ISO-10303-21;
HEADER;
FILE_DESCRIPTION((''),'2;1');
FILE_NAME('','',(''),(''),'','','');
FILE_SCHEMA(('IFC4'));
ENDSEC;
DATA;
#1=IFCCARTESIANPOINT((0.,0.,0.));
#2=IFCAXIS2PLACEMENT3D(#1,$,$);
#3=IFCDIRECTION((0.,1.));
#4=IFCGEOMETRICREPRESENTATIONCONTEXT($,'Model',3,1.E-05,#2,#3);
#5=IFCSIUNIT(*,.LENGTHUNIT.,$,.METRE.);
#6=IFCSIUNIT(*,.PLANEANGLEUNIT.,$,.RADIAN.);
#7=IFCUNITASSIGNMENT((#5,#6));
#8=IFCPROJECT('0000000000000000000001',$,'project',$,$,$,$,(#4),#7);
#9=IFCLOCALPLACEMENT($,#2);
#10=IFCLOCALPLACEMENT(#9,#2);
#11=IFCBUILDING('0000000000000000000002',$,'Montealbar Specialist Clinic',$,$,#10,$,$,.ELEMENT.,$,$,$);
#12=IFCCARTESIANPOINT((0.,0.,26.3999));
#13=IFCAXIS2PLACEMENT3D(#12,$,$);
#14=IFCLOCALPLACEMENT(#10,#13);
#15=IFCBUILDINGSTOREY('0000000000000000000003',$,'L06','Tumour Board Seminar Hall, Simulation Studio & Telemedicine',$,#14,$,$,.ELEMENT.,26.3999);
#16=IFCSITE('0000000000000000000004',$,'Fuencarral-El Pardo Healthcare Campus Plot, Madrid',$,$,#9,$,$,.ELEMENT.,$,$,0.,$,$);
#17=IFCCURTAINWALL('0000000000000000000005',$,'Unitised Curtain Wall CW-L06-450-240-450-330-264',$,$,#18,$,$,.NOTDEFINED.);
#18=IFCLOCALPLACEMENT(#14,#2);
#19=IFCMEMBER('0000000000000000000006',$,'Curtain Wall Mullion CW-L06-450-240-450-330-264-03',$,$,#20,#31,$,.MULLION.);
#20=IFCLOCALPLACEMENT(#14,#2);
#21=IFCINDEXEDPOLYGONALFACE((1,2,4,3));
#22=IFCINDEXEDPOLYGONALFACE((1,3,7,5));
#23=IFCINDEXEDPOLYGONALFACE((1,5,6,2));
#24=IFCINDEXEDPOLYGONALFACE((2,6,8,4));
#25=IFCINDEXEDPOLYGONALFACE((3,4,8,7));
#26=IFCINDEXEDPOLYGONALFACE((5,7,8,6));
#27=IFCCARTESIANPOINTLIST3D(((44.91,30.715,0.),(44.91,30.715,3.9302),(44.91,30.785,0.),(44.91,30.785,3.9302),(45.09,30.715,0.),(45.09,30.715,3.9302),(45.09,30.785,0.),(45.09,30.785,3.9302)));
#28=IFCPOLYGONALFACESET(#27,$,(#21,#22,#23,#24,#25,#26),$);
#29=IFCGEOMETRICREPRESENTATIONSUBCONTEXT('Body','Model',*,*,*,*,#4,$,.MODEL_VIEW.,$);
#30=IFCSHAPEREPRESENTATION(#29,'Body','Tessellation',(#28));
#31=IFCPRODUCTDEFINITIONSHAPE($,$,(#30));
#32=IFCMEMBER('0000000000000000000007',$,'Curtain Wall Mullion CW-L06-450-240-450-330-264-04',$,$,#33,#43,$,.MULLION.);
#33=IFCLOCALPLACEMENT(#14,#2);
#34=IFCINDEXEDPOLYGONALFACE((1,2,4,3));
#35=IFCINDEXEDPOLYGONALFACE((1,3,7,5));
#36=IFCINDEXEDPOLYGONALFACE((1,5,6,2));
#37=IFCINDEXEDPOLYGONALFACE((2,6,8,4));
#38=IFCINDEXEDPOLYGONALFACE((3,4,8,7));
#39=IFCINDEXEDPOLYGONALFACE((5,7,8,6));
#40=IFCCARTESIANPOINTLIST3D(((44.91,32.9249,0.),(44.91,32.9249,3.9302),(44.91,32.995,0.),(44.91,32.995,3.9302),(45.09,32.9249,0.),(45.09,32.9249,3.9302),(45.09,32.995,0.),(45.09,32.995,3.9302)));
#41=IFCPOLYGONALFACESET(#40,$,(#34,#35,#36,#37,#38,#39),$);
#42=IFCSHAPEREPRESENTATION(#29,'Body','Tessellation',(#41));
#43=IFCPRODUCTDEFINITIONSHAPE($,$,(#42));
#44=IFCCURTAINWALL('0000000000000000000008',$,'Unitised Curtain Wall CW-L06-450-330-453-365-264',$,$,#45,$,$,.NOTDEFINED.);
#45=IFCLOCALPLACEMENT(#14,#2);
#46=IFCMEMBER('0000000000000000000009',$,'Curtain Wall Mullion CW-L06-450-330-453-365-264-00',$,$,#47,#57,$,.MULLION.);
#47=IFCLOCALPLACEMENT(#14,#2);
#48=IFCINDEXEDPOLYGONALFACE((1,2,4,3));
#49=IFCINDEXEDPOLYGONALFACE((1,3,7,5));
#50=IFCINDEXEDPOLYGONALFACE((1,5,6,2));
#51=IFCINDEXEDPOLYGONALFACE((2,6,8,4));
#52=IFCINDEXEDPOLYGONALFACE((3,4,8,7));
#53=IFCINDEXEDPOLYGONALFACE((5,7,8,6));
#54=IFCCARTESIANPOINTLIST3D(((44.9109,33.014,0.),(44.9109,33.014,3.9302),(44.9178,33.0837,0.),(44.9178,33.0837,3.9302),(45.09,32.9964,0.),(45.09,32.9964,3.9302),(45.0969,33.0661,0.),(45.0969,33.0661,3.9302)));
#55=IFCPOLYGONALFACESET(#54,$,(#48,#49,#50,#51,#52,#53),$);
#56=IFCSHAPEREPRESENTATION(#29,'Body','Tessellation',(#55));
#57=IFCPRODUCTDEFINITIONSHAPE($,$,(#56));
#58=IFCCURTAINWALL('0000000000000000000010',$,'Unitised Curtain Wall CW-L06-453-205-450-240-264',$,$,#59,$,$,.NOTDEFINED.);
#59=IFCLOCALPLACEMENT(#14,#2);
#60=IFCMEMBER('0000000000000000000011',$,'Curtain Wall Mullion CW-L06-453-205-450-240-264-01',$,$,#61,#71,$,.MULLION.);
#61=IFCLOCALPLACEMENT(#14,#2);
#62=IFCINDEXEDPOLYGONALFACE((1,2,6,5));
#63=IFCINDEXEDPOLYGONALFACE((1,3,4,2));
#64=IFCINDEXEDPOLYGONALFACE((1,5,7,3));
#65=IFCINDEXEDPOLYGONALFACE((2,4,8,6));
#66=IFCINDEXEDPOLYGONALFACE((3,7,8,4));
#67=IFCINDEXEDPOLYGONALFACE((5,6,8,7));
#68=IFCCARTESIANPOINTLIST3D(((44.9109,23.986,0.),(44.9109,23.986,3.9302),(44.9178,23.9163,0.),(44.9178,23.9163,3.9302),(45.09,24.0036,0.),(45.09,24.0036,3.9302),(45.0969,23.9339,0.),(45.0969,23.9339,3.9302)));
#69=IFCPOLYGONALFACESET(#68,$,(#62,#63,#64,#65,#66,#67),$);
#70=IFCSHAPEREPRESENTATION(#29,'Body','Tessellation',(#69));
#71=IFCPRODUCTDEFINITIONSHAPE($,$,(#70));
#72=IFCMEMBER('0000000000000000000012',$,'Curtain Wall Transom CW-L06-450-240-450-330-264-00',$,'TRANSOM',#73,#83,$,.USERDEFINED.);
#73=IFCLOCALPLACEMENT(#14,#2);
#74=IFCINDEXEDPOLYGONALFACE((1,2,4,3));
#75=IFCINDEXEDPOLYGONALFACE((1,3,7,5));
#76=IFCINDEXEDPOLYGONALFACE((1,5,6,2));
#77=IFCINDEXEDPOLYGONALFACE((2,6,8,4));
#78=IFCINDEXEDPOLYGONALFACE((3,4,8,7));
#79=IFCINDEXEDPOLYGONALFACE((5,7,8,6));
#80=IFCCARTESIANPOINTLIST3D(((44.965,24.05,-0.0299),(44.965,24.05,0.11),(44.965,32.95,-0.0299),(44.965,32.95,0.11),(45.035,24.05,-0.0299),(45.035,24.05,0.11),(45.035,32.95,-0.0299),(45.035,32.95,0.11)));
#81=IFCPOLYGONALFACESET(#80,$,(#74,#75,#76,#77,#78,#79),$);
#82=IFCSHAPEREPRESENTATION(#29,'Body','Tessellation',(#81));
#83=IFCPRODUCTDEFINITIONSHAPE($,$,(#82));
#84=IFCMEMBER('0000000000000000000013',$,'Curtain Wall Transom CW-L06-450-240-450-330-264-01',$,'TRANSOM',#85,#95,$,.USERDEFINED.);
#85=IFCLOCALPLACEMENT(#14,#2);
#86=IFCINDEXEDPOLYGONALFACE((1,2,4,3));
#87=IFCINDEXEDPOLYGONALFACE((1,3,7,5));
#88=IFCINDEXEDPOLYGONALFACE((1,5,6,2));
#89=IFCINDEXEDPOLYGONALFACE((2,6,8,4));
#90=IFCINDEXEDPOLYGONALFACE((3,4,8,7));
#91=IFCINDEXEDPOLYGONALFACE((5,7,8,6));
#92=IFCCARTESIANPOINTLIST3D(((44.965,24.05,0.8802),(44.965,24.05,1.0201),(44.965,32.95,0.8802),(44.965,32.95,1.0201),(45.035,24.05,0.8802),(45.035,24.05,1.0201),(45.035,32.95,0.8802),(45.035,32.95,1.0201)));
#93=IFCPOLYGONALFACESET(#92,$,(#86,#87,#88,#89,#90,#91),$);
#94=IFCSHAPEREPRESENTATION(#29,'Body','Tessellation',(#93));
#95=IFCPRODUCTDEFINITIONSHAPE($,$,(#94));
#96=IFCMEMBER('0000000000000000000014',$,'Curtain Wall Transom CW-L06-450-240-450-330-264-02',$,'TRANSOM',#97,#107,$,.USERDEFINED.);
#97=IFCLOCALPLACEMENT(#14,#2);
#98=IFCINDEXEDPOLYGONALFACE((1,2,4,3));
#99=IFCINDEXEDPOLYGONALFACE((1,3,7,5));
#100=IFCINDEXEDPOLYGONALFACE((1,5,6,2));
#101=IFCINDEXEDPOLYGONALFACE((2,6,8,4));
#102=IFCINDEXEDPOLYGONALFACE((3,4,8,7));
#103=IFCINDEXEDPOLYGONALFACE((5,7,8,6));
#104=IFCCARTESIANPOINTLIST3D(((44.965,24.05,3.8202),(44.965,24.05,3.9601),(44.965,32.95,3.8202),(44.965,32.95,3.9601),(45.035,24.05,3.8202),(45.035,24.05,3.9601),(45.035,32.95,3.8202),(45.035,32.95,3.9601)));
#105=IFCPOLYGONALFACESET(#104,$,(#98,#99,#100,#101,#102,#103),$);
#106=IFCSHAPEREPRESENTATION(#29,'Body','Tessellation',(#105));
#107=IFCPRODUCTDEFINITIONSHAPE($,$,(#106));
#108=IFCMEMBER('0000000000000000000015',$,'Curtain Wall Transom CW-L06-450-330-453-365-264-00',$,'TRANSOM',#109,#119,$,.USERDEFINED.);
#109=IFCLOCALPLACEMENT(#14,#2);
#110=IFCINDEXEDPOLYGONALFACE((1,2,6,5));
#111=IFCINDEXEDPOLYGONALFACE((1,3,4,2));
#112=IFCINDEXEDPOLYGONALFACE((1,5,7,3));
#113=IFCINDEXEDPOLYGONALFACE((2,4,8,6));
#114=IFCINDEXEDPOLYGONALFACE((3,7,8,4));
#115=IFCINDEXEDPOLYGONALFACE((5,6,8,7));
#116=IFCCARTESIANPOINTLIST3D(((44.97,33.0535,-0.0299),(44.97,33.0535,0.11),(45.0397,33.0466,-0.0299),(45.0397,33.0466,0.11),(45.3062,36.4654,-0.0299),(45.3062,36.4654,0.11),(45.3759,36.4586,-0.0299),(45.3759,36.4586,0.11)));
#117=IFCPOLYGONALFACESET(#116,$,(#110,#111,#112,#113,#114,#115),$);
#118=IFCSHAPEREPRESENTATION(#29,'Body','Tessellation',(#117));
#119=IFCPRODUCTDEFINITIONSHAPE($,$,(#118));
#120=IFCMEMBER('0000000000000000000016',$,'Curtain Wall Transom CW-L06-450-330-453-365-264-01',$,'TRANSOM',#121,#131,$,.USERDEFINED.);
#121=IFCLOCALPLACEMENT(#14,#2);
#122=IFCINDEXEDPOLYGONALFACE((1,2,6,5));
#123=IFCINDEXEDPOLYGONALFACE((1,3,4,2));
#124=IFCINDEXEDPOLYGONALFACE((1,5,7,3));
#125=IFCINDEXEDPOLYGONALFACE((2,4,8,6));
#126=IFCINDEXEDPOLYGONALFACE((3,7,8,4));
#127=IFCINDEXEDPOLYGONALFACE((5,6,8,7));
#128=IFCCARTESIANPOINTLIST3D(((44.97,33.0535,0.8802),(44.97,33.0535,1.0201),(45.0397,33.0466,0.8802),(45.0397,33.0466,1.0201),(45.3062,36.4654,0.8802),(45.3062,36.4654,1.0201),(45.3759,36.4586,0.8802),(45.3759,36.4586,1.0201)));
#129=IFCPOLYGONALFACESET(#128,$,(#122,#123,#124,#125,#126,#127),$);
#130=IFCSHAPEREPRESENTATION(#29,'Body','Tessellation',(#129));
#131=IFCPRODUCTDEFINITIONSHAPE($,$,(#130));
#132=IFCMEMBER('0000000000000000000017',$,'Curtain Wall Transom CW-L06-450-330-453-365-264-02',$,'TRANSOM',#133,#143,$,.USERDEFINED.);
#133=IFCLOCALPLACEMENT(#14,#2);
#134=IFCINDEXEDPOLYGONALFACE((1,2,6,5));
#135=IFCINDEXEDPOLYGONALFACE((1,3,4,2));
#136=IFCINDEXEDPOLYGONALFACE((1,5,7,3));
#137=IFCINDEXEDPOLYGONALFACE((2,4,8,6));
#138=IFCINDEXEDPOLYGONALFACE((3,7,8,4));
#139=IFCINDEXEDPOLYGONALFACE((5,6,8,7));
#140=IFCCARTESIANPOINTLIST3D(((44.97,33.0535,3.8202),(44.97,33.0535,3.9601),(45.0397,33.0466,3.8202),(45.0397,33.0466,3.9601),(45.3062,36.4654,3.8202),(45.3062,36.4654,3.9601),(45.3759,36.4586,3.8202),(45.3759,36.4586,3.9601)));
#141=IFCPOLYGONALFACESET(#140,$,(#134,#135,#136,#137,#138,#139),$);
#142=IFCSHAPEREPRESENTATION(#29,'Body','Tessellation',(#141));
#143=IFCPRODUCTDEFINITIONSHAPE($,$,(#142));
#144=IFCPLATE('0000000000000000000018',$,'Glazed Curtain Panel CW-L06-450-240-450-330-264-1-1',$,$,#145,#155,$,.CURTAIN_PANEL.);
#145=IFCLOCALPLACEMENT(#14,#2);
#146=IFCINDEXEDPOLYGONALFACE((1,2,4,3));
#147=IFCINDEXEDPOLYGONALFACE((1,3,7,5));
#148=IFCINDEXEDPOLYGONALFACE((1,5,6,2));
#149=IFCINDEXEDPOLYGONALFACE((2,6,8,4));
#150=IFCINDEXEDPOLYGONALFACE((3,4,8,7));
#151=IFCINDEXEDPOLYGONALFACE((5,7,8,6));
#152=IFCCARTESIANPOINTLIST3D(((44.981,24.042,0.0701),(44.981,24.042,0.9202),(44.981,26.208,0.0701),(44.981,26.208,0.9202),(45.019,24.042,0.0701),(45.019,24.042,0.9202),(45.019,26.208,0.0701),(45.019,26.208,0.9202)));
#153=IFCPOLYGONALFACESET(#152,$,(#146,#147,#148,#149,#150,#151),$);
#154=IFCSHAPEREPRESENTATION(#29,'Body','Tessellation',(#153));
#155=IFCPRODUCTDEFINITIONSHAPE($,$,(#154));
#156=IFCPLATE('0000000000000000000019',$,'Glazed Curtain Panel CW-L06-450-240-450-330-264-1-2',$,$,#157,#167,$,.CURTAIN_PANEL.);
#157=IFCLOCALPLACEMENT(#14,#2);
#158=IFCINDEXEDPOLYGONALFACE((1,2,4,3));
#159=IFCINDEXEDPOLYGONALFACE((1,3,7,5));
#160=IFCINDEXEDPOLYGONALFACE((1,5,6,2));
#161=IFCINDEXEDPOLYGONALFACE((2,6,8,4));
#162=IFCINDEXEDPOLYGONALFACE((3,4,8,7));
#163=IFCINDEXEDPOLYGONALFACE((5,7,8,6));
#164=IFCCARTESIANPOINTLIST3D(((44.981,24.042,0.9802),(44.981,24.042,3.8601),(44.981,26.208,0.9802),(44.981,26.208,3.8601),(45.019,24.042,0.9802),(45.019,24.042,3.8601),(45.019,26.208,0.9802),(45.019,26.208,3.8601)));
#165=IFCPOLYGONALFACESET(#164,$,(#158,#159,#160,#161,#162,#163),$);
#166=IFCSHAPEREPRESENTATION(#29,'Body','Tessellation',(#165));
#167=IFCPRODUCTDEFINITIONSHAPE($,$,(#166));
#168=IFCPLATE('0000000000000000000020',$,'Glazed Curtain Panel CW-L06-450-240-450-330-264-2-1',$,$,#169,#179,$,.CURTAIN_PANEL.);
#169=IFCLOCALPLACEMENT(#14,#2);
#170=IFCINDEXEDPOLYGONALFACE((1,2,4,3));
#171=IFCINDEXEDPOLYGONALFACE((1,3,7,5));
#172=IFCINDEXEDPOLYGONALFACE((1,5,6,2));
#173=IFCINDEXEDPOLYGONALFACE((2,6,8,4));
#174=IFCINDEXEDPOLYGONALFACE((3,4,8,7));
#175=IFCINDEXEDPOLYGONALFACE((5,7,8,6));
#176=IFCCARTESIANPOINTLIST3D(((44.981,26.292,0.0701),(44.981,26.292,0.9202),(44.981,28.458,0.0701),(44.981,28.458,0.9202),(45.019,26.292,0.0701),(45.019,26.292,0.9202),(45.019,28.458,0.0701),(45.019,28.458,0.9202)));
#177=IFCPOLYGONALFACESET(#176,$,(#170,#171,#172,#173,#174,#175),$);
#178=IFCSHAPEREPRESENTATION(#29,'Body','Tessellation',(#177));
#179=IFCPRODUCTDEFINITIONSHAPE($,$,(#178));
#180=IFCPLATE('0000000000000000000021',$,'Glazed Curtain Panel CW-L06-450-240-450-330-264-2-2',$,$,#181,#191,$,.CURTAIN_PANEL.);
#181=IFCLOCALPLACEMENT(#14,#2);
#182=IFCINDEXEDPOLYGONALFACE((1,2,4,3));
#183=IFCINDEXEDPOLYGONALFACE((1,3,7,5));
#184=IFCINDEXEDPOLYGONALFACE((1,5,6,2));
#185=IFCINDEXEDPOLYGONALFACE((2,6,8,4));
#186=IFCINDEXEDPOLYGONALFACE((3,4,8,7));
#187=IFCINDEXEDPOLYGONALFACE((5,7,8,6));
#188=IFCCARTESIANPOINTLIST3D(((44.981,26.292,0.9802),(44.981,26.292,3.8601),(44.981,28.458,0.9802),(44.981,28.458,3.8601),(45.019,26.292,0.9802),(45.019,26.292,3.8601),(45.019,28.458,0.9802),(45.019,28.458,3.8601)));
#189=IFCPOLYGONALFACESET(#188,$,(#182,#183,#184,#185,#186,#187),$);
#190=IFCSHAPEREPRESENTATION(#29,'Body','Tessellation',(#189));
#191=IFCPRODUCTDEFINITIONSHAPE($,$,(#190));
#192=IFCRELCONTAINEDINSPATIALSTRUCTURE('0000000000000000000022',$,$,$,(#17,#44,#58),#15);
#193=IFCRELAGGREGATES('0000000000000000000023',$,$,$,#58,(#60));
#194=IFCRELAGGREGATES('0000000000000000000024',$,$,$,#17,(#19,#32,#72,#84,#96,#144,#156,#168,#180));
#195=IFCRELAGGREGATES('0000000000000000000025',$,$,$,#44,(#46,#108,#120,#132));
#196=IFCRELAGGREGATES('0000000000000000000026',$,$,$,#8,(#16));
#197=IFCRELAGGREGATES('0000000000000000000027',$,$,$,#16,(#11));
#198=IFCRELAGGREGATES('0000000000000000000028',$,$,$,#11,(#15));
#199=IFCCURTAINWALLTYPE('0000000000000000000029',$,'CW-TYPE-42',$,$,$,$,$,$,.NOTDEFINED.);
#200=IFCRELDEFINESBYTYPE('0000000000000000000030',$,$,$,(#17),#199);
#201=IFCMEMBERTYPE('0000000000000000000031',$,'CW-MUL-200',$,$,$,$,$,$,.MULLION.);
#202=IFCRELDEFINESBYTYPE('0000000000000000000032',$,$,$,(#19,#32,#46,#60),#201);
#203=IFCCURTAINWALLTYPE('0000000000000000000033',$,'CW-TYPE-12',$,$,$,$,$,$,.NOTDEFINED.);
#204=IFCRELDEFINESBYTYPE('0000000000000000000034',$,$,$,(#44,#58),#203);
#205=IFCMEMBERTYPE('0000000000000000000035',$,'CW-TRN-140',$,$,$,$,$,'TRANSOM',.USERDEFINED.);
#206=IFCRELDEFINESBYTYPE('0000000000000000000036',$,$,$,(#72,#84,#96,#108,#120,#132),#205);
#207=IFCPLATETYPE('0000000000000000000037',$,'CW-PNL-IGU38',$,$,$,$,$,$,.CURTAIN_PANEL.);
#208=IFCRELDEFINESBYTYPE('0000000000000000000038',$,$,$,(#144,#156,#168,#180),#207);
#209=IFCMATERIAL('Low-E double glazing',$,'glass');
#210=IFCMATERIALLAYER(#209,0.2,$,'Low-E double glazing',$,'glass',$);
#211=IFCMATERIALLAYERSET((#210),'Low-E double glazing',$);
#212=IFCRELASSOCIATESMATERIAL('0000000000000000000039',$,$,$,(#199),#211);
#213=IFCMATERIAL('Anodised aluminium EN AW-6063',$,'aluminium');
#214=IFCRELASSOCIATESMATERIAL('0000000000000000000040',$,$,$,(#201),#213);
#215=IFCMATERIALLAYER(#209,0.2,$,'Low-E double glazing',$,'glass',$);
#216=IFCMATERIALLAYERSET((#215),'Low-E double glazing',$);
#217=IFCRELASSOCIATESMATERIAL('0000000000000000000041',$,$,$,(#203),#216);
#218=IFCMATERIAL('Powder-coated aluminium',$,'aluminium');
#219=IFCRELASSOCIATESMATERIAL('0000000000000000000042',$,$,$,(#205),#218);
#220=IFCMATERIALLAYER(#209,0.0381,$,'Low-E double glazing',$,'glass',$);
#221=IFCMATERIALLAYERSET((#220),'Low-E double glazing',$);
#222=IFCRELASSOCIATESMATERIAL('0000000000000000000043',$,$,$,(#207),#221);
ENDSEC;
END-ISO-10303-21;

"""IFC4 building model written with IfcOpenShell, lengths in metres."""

from ifc_helpers import new_model, si_unit, direction, frame, origin, origin_2d, place, context, subcontext, project, spatial, rectangle, extrude, material, layer, layer_set, material_profile, profile_set, type_object, element, aggregate, save


model = new_model("IFC4")

# Units and contexts
model_context = context("Model", 3, precision=1e-05, world=origin(), true_north=direction((0.0, 1.0)))
body_context = subcontext(model_context, "Body", "Model", "MODEL_VIEW")
ifc_project = project(units=[si_unit("LENGTHUNIT", "METRE"), si_unit("PLANEANGLEUNIT", "RADIAN")], contexts=[model_context])

# Site, building, storey
site_placement = place(None, origin())
site = spatial("IfcSite", under=ifc_project, at=site_placement, Name="Fuencarral-El Pardo Healthcare Campus Plot, Madrid", CompositionType="ELEMENT", RefElevation=0.0)
building_placement = place(site_placement, origin())
building = spatial("IfcBuilding", under=site, at=building_placement, Name="Montealbar Specialist Clinic", CompositionType="ELEMENT")
storey_placement = place(building_placement, frame((0.0, 0.0, 26.3999)))
storey = spatial("IfcBuildingStorey", under=building, at=storey_placement, Name="L06", Description="Tumour Board Seminar Hall, Simulation Studio & Telemedicine", CompositionType="ELEMENT", Elevation=26.3999)

# Curtain wall, members
ifc_material_1 = material(Name="Low-E double glazing", Category="glass")
ifc_layer_1 = layer(ifc_material_1, 0.2, Name="Low-E double glazing", Category="glass")
ifc_layer_set_1 = layer_set([ifc_layer_1], Name="Low-E double glazing")
curtain_wall_type_1 = type_object("IfcCurtainWallType", Name="CW-TYPE-42", PredefinedType="NOTDEFINED", material=ifc_layer_set_1)
curtain_wall_1_placement = place(storey_placement, origin())
curtain_wall_1 = element("IfcCurtainWall", 1, at=curtain_wall_1_placement, inside=storey, type_object=curtain_wall_type_1, Name="Unitised Curtain Wall CW-L06-450-240-450-330-264", PredefinedType="NOTDEFINED")
ifc_material_2 = material(Name="Anodised aluminium EN AW-6063", Category="aluminium")
ifc_material_profile_1 = material_profile(ifc_material_2, rectangle(XDim=0.0701, YDim=0.1799, at=origin_2d()), Name="ALU 70x180", Category="aluminium")
ifc_profile_set_1 = profile_set([ifc_material_profile_1], Name="Anodised aluminium EN AW-6063")
member_type_1 = type_object("IfcMemberType", Name="CW-MUL-200", PredefinedType="MULLION", material=ifc_profile_set_1)
member_1_placement = place(storey_placement, frame((45.0, 30.75, 0.0), z_axis=(0.0, 0.0, 1.0), x_axis=(0.0, 1.0, 0.0)))
member_1 = element("IfcMember", 2, at=member_1_placement, type_object=member_type_1, Name="Curtain Wall Mullion CW-L06-450-240-450-330-264-03", PredefinedType="MULLION", context=body_context, shape_type="SweptSolid", body=[
    extrude(rectangle(XDim=0.0701, YDim=0.1799, at=origin_2d()), origin(), (0.0, 0.0, 1.0), 3.9302),
])
member_2_placement = place(storey_placement, frame((45.0, 32.96, 0.0), z_axis=(0.0, 0.0, 1.0), x_axis=(0.0, 1.0, 0.0)))
member_2 = element("IfcMember", 3, at=member_2_placement, type_object=member_type_1, Name="Curtain Wall Mullion CW-L06-450-240-450-330-264-04", PredefinedType="MULLION", context=body_context, shape_type="SweptSolid", body=[
    extrude(rectangle(XDim=0.0701, YDim=0.1799, at=origin_2d()), origin(), (0.0, 0.0, 1.0), 3.9302),
])

# Curtain walls, members
ifc_layer_2 = layer(ifc_material_1, 0.2, Name="Low-E double glazing", Category="glass")
ifc_layer_set_2 = layer_set([ifc_layer_2], Name="Low-E double glazing")
curtain_wall_type_2 = type_object("IfcCurtainWallType", Name="CW-TYPE-12", PredefinedType="NOTDEFINED", material=ifc_layer_set_2)
curtain_wall_2_placement = place(storey_placement, origin())
curtain_wall_2 = element("IfcCurtainWall", 4, at=curtain_wall_2_placement, inside=storey, type_object=curtain_wall_type_2, Name="Unitised Curtain Wall CW-L06-450-330-453-365-264", PredefinedType="NOTDEFINED")
member_3_placement = place(storey_placement, frame((45.0039, 33.04, 0.0), z_axis=(0.0, 0.0, 1.0), x_axis=(0.098045, 0.995182, 0.0)))
member_3 = element("IfcMember", 5, at=member_3_placement, type_object=member_type_1, Name="Curtain Wall Mullion CW-L06-450-330-453-365-264-00", PredefinedType="MULLION", context=body_context, shape_type="SweptSolid", body=[
    extrude(rectangle(XDim=0.0701, YDim=0.1799, at=origin_2d()), origin(), (0.0, 0.0, 1.0), 3.9302),
])
curtain_wall_3_placement = place(storey_placement, origin())
curtain_wall_3 = element("IfcCurtainWall", 6, at=curtain_wall_3_placement, inside=storey, type_object=curtain_wall_type_2, Name="Unitised Curtain Wall CW-L06-453-205-450-240-264", PredefinedType="NOTDEFINED")
member_4_placement = place(storey_placement, frame((45.0039, 23.96, 0.0), z_axis=(0.0, 0.0, 1.0), x_axis=(-0.098045, 0.995182, 0.0)))
member_4 = element("IfcMember", 7, at=member_4_placement, type_object=member_type_1, Name="Curtain Wall Mullion CW-L06-453-205-450-240-264-01", PredefinedType="MULLION", context=body_context, shape_type="SweptSolid", body=[
    extrude(rectangle(XDim=0.0701, YDim=0.1799, at=origin_2d()), origin(), (0.0, 0.0, 1.0), 3.9302),
])
aggregate(curtain_wall_3, [member_4])

# Members
ifc_material_3 = material(Name="Powder-coated aluminium", Category="aluminium")
ifc_material_profile_2 = material_profile(ifc_material_3, rectangle(XDim=0.0701, YDim=0.1399, at=origin_2d()), Name="ALU 70x140", Category="aluminium")
ifc_profile_set_2 = profile_set([ifc_material_profile_2], Name="Powder-coated aluminium")
member_type_2 = type_object("IfcMemberType", Name="CW-TRN-140", ElementType="TRANSOM", PredefinedType="USERDEFINED", material=ifc_profile_set_2)
member_5_placement = place(storey_placement, frame((45.0, 24.05, 0.04), z_axis=(0.0, 1.0, 0.0), x_axis=(-1.0, 0.0, 0.0)))
member_5 = element("IfcMember", 8, at=member_5_placement, type_object=member_type_2, Name="Curtain Wall Transom CW-L06-450-240-450-330-264-00", ObjectType="TRANSOM", PredefinedType="USERDEFINED", context=body_context, shape_type="SweptSolid", body=[
    extrude(rectangle(XDim=0.0701, YDim=0.1399, at=origin_2d()), origin(), (0.0, 0.0, 1.0), 8.8999),
])
member_6_placement = place(storey_placement, frame((45.0, 24.05, 0.9502), z_axis=(0.0, 1.0, 0.0), x_axis=(-1.0, 0.0, 0.0)))
member_6 = element("IfcMember", 9, at=member_6_placement, type_object=member_type_2, Name="Curtain Wall Transom CW-L06-450-240-450-330-264-01", ObjectType="TRANSOM", PredefinedType="USERDEFINED", context=body_context, shape_type="SweptSolid", body=[
    extrude(rectangle(XDim=0.0701, YDim=0.1399, at=origin_2d()), origin(), (0.0, 0.0, 1.0), 8.8999),
])
member_7_placement = place(storey_placement, frame((45.0, 24.05, 3.8901), z_axis=(0.0, 1.0, 0.0), x_axis=(-1.0, 0.0, 0.0)))
member_7 = element("IfcMember", 10, at=member_7_placement, type_object=member_type_2, Name="Curtain Wall Transom CW-L06-450-240-450-330-264-02", ObjectType="TRANSOM", PredefinedType="USERDEFINED", context=body_context, shape_type="SweptSolid", body=[
    extrude(rectangle(XDim=0.0701, YDim=0.1399, at=origin_2d()), origin(), (0.0, 0.0, 1.0), 8.8999),
])
member_8_placement = place(storey_placement, frame((45.0049, 33.05, 0.04), z_axis=(0.098058, 0.995181, 0.0), x_axis=(-0.995181, 0.098058, 0.0)))
member_8 = element("IfcMember", 11, at=member_8_placement, type_object=member_type_2, Name="Curtain Wall Transom CW-L06-450-330-453-365-264-00", ObjectType="TRANSOM", PredefinedType="USERDEFINED", context=body_context, shape_type="SweptSolid", body=[
    extrude(rectangle(XDim=0.0701, YDim=0.1399, at=origin_2d()), origin(), (0.0, 0.0, 1.0), 3.4285),
])
member_9_placement = place(storey_placement, frame((45.0049, 33.05, 0.9502), z_axis=(0.098058, 0.995181, 0.0), x_axis=(-0.995181, 0.098058, 0.0)))
member_9 = element("IfcMember", 12, at=member_9_placement, type_object=member_type_2, Name="Curtain Wall Transom CW-L06-450-330-453-365-264-01", ObjectType="TRANSOM", PredefinedType="USERDEFINED", context=body_context, shape_type="SweptSolid", body=[
    extrude(rectangle(XDim=0.0701, YDim=0.1399, at=origin_2d()), origin(), (0.0, 0.0, 1.0), 3.4285),
])
member_10_placement = place(storey_placement, frame((45.0049, 33.05, 3.8901), z_axis=(0.098058, 0.995181, 0.0), x_axis=(-0.995181, 0.098058, 0.0)))
member_10 = element("IfcMember", 13, at=member_10_placement, type_object=member_type_2, Name="Curtain Wall Transom CW-L06-450-330-453-365-264-02", ObjectType="TRANSOM", PredefinedType="USERDEFINED", context=body_context, shape_type="SweptSolid", body=[
    extrude(rectangle(XDim=0.0701, YDim=0.1399, at=origin_2d()), origin(), (0.0, 0.0, 1.0), 3.4285),
])

# Plates
ifc_layer_3 = layer(ifc_material_1, 0.0381, Name="Low-E double glazing", Category="glass")
ifc_layer_set_3 = layer_set([ifc_layer_3], Name="Low-E double glazing")
plate_type = type_object("IfcPlateType", Name="CW-PNL-IGU38", PredefinedType="CURTAIN_PANEL", material=ifc_layer_set_3)
plate_1_placement = place(storey_placement, frame((45.0, 25.125, 0.0701), z_axis=(0.0, 0.0, 1.0), x_axis=(0.0, 1.0, 0.0)))
plate_1 = element("IfcPlate", 14, at=plate_1_placement, type_object=plate_type, Name="Glazed Curtain Panel CW-L06-450-240-450-330-264-1-1", PredefinedType="CURTAIN_PANEL", context=body_context, shape_type="SweptSolid", body=[
    extrude(rectangle(XDim=2.166, YDim=0.0381, at=origin_2d()), origin(), (0.0, 0.0, 1.0), 0.8501),
])
plate_2_placement = place(storey_placement, frame((45.0, 25.125, 0.9802), z_axis=(0.0, 0.0, 1.0), x_axis=(0.0, 1.0, 0.0)))
plate_2 = element("IfcPlate", 15, at=plate_2_placement, type_object=plate_type, Name="Glazed Curtain Panel CW-L06-450-240-450-330-264-1-2", PredefinedType="CURTAIN_PANEL", context=body_context, shape_type="SweptSolid", body=[
    extrude(rectangle(XDim=2.166, YDim=0.0381, at=origin_2d()), origin(), (0.0, 0.0, 1.0), 2.8799),
])
plate_3_placement = place(storey_placement, frame((45.0, 27.375, 0.0701), z_axis=(0.0, 0.0, 1.0), x_axis=(0.0, 1.0, 0.0)))
plate_3 = element("IfcPlate", 16, at=plate_3_placement, type_object=plate_type, Name="Glazed Curtain Panel CW-L06-450-240-450-330-264-2-1", PredefinedType="CURTAIN_PANEL", context=body_context, shape_type="SweptSolid", body=[
    extrude(rectangle(XDim=2.166, YDim=0.0381, at=origin_2d()), origin(), (0.0, 0.0, 1.0), 0.8501),
])
plate_4_placement = place(storey_placement, frame((45.0, 27.375, 0.9802), z_axis=(0.0, 0.0, 1.0), x_axis=(0.0, 1.0, 0.0)))
plate_4 = element("IfcPlate", 17, at=plate_4_placement, type_object=plate_type, Name="Glazed Curtain Panel CW-L06-450-240-450-330-264-2-2", PredefinedType="CURTAIN_PANEL", context=body_context, shape_type="SweptSolid", body=[
    extrude(rectangle(XDim=2.166, YDim=0.0381, at=origin_2d()), origin(), (0.0, 0.0, 1.0), 2.8799),
])
aggregate(curtain_wall_1, [member_1, member_2, member_5, member_6, member_7, plate_1, plate_2, plate_3, plate_4])
aggregate(curtain_wall_2, [member_3, member_8, member_9, member_10])

save(model, "model.ifc")
